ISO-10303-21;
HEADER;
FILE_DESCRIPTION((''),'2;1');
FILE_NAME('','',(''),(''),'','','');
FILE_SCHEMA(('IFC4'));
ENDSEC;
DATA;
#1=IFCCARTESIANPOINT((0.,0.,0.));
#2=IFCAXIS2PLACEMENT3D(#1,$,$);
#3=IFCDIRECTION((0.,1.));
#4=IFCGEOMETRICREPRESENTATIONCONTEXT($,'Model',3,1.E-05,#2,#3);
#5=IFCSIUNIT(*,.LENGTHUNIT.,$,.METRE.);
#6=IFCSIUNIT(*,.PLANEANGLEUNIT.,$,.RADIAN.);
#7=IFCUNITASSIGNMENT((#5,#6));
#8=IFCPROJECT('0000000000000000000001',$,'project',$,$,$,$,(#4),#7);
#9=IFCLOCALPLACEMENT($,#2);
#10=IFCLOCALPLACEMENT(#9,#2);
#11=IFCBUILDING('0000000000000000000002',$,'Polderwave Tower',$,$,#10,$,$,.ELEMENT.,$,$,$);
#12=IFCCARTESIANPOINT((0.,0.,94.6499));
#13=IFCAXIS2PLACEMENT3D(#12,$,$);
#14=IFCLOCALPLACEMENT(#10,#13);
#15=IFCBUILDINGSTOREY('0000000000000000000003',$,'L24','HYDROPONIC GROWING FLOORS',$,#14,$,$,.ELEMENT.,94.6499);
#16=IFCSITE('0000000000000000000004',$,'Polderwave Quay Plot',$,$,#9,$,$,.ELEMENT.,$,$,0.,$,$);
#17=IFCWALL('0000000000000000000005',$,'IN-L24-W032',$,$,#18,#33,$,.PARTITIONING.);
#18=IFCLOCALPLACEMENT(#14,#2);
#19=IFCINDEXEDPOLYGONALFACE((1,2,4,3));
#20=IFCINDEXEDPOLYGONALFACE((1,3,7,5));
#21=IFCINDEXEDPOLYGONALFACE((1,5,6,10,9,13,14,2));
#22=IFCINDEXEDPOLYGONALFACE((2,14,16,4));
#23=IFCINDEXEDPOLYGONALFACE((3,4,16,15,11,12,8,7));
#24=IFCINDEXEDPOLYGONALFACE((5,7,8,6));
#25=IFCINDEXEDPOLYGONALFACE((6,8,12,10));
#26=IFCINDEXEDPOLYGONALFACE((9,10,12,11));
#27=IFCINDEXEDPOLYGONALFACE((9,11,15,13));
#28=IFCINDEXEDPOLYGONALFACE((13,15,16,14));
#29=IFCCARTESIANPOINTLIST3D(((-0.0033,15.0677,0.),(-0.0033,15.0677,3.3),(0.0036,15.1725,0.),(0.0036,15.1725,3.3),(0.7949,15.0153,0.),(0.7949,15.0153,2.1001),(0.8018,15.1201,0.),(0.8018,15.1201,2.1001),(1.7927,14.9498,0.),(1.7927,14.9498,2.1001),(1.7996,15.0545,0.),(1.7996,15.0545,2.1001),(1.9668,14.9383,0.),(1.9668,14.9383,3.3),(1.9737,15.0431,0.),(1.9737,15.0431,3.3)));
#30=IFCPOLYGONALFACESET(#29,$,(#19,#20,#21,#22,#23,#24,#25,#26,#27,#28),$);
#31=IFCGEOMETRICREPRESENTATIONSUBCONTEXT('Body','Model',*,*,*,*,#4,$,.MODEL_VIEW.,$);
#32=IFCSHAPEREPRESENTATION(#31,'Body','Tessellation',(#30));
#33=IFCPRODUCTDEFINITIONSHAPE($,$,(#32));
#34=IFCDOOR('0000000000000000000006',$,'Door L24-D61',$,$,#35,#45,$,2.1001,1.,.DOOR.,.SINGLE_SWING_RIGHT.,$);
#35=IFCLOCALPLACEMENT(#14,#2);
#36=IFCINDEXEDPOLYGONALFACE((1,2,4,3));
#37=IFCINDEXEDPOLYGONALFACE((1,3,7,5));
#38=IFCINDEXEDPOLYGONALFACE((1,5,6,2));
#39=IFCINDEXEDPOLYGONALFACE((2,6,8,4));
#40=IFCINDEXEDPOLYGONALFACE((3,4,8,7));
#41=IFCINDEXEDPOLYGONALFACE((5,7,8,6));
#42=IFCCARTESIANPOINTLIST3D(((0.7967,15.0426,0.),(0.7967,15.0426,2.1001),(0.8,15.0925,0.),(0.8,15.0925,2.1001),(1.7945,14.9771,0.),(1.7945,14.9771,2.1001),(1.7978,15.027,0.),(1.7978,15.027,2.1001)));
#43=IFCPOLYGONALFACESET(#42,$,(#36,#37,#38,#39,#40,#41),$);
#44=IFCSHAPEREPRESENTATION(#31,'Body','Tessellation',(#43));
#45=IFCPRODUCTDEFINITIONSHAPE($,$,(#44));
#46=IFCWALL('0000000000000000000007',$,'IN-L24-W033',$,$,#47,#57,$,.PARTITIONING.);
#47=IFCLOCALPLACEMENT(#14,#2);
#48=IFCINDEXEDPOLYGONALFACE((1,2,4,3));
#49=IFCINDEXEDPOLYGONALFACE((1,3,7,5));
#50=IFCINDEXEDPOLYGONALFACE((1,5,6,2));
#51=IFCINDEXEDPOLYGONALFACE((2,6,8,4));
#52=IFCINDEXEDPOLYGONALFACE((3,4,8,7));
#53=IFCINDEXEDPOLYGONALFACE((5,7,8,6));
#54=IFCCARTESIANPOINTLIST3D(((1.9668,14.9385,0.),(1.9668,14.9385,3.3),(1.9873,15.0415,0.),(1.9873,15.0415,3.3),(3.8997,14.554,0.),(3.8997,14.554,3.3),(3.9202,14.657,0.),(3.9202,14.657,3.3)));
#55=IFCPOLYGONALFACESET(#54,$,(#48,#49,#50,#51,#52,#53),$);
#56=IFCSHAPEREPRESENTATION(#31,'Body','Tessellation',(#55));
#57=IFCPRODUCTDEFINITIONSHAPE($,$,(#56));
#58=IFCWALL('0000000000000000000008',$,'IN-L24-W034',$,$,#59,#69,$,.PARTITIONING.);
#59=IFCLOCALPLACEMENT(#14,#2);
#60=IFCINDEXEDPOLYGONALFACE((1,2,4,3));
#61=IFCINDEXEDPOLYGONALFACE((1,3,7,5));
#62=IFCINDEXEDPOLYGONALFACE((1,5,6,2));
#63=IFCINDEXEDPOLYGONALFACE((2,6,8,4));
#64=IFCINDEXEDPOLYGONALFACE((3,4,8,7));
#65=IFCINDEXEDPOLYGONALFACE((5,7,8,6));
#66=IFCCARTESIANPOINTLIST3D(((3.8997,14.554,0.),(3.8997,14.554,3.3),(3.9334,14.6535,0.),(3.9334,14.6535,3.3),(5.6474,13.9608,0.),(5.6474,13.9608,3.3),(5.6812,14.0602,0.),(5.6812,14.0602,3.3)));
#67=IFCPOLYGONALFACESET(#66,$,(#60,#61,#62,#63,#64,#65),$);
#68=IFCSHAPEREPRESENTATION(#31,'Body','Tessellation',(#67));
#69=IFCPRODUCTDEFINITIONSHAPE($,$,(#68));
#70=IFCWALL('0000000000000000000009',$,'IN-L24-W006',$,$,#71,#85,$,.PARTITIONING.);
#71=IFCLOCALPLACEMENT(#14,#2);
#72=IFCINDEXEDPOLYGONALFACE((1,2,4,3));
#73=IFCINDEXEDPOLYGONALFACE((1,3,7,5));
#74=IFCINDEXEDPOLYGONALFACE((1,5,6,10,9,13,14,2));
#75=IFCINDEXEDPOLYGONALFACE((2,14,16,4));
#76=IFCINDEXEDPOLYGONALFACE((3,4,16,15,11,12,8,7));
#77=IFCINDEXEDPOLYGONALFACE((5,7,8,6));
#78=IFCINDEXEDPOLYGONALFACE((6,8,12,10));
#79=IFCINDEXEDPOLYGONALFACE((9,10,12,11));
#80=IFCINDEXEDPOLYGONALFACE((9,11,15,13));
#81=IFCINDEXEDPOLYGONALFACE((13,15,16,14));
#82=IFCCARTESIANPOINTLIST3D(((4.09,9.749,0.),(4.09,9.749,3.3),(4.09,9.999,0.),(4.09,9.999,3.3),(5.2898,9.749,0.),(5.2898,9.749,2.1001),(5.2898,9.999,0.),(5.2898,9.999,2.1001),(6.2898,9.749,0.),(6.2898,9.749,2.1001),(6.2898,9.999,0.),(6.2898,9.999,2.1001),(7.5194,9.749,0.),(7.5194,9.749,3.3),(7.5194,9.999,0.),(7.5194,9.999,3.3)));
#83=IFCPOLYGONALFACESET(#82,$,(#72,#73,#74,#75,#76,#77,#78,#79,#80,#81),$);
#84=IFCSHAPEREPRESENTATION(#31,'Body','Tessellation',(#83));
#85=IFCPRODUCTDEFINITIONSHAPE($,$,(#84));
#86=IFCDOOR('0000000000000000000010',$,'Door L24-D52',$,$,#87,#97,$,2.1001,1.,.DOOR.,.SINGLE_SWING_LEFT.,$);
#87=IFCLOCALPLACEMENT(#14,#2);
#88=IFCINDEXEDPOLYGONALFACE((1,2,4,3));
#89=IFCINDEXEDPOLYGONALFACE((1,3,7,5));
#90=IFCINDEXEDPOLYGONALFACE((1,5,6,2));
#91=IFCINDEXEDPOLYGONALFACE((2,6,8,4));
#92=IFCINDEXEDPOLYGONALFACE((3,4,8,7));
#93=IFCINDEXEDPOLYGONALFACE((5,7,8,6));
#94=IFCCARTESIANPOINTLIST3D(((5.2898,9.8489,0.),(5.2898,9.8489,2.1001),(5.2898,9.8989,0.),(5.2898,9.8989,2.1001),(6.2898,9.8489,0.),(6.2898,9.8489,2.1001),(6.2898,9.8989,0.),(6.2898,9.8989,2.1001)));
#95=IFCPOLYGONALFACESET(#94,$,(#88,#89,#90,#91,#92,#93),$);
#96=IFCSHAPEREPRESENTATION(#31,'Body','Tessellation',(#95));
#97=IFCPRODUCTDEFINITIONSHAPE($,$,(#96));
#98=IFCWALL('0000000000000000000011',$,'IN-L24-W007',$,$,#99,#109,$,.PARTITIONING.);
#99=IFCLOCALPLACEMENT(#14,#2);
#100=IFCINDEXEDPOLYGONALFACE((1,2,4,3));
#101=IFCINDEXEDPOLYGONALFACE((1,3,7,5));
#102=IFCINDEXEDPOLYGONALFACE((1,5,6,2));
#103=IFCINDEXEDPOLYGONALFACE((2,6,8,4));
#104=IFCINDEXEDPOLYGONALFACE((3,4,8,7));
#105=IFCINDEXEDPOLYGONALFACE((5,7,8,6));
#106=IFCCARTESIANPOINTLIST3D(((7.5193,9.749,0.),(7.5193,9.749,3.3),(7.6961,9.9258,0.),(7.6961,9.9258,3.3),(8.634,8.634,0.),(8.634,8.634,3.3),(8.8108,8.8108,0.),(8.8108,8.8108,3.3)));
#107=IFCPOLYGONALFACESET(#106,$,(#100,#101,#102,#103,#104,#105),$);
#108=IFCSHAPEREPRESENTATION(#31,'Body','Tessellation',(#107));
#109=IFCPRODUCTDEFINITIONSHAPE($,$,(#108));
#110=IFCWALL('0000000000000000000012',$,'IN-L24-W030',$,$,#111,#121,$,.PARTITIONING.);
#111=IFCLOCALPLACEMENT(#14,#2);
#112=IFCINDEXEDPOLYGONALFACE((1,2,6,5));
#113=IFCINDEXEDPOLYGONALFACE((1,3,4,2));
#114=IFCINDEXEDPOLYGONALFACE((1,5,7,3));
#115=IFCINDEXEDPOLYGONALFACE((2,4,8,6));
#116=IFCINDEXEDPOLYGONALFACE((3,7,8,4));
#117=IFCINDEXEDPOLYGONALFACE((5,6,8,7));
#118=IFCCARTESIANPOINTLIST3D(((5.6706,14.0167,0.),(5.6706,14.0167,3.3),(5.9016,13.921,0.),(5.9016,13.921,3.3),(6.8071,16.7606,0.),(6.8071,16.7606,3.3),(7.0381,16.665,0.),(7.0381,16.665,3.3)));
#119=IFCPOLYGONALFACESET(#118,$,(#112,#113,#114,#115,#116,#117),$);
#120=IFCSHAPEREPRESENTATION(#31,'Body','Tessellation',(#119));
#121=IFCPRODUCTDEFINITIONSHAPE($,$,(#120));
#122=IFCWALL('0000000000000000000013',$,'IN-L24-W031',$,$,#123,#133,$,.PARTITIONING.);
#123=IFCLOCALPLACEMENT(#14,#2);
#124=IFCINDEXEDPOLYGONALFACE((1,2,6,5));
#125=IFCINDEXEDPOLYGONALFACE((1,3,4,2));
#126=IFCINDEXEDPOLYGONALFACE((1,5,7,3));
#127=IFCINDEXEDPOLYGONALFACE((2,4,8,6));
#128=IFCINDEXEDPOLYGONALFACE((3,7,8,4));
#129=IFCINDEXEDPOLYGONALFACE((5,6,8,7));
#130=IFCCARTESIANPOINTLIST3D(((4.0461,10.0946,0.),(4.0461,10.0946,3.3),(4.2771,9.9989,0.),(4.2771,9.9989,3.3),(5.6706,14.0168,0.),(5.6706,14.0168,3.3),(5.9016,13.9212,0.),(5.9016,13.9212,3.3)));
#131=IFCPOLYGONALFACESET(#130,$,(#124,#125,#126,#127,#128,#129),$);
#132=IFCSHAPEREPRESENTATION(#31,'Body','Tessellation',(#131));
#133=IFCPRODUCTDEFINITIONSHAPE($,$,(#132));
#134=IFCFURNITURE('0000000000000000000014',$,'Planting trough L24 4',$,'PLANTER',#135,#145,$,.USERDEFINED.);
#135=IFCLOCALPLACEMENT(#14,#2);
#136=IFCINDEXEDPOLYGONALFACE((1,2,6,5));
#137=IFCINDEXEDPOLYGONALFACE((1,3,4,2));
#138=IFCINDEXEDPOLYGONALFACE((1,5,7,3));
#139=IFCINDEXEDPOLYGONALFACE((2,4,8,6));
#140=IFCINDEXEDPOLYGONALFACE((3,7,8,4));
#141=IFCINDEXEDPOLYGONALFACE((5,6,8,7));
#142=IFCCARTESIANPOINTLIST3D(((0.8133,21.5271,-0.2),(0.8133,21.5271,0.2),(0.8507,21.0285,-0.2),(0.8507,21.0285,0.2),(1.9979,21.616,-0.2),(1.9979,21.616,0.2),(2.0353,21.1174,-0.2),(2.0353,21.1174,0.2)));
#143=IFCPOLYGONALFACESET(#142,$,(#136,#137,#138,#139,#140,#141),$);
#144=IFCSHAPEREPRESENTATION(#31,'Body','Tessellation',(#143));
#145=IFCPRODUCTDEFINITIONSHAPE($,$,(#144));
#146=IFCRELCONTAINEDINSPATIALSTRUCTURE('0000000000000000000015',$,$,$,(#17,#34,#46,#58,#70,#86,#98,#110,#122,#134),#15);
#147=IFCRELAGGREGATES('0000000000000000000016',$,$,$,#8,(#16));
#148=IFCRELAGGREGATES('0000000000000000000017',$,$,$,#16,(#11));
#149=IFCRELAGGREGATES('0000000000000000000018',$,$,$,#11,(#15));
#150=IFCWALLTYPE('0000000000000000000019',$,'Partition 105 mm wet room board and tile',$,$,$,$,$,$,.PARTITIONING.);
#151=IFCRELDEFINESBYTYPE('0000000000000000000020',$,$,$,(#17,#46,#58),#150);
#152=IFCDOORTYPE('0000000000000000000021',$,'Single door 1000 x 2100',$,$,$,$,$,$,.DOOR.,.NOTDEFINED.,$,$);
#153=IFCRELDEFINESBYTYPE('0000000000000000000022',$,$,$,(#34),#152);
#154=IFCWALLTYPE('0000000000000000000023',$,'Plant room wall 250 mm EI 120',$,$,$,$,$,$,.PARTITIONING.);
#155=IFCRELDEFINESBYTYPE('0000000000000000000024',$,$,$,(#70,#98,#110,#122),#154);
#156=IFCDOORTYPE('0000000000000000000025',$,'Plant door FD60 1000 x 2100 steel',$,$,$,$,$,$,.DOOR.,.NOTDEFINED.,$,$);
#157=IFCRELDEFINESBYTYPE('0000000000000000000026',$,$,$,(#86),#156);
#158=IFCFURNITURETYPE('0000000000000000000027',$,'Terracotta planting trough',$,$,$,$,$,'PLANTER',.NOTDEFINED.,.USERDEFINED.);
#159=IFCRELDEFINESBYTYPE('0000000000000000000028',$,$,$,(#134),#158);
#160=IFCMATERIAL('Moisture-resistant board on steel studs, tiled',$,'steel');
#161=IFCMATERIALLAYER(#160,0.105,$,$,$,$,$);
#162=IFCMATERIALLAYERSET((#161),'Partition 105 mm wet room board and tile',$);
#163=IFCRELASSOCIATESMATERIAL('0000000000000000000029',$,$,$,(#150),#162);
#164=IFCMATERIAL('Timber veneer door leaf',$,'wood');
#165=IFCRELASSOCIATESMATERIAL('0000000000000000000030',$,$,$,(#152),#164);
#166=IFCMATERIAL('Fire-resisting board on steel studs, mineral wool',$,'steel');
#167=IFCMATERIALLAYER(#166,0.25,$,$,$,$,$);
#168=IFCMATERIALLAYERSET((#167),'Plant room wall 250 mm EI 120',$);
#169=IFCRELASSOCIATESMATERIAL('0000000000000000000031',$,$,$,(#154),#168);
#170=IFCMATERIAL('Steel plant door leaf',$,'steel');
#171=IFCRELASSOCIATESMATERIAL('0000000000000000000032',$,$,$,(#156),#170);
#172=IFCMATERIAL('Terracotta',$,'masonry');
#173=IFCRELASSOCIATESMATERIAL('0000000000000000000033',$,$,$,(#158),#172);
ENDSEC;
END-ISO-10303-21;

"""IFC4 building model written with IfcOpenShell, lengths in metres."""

from ifc_helpers import new_model, si_unit, direction, frame, frame_2d, origin, origin_2d, place, context, subcontext, project, spatial, rectangle, extrude, material, layer, layer_set, type_object, element, fill, save


model = new_model("IFC4")

# Units and contexts
model_context = context("Model", 3, precision=1e-05, world=origin(), true_north=direction((0.0, 1.0)))
body_context = subcontext(model_context, "Body", "Model", "MODEL_VIEW")
ifc_project = project(units=[si_unit("LENGTHUNIT", "METRE"), si_unit("PLANEANGLEUNIT", "RADIAN")], contexts=[model_context])

# Site, building, storey
site_placement = place(None, origin())
site = spatial("IfcSite", under=ifc_project, at=site_placement, Name="Polderwave Quay Plot", CompositionType="ELEMENT", RefElevation=0.0)
building_placement = place(site_placement, origin())
building = spatial("IfcBuilding", under=site, at=building_placement, Name="Polderwave Tower", CompositionType="ELEMENT")
storey_placement = place(building_placement, frame((0.0, 0.0, 94.6499)))
storey = spatial("IfcBuildingStorey", under=building, at=storey_placement, Name="L24", Description="HYDROPONIC GROWING FLOORS", CompositionType="ELEMENT", Elevation=94.6499)

# Wall, opening, door
ifc_material_1 = material(Name="Moisture-resistant board on steel studs, tiled", Category="steel")
ifc_layer_1 = layer(ifc_material_1, 0.105)
ifc_layer_set_1 = layer_set([ifc_layer_1], Name="Partition 105 mm wet room board and tile")
wall_type_1 = type_object("IfcWallType", Name="Partition 105 mm wet room board and tile", PredefinedType="PARTITIONING", material=ifc_layer_set_1)
wall_1_placement = place(storey_placement, frame((0.0, 15.1201, 0.0), z_axis=(0.0, 0.0, 1.0), x_axis=(0.99785, -0.065534, 0.0)))
wall_1 = element("IfcWall", 1, at=wall_1_placement, inside=storey, type_object=wall_type_1, Name="IN-L24-W032", PredefinedType="PARTITIONING", context=body_context, shape_type="SweptSolid", body=[
    extrude(rectangle(XDim=1.9744, YDim=0.105, at=frame_2d((0.9873, 0.0))), origin(), (0.0, 0.0, 1.0), 3.3),
])
opening_1_placement = place(wall_1_placement, frame((0.8, 0.0, 0.0)))
opening_1 = element("IfcOpeningElement", 2, at=opening_1_placement, cuts=wall_1, PredefinedType="OPENING", context=body_context, shape_type="SweptSolid", body=[
    extrude(rectangle(XDim=1.0, YDim=2.1001, at=frame_2d((0.5, 1.05))), frame((0.0, 0.0625, 0.0), z_axis=(0.0, -1.0, 0.0), x_axis=(1.0, 0.0, 0.0)), (0.0, 0.0, 1.0), 0.125),
])
ifc_material_2 = material(Name="Timber veneer door leaf", Category="wood")
door_type_1 = type_object("IfcDoorType", Name="Single door 1000 x 2100", OperationType="NOTDEFINED", PredefinedType="DOOR", material=ifc_material_2)
door_1_placement = place(opening_1_placement, origin())
door_1 = element("IfcDoor", 3, at=door_1_placement, inside=storey, type_object=door_type_1, Name="Door L24-D61", OperationType="SINGLE_SWING_RIGHT", OverallHeight=2.1001, OverallWidth=1.0, PredefinedType="DOOR", context=body_context, shape_type="SweptSolid", body=[
    extrude(rectangle(XDim=1.0, YDim=2.1001, at=frame_2d((0.5, 1.05))), frame((0.0, 0.0249, 0.0), z_axis=(0.0, -1.0, 0.0), x_axis=(1.0, 0.0, 0.0)), (0.0, 0.0, 1.0), 0.05),
])
fill(opening_1, door_1)

# Walls
wall_2_placement = place(storey_placement, frame((3.9099, 14.6055, 0.0), z_axis=(0.0, 0.0, 1.0), x_axis=(-0.98078, 0.195115, 0.0)))
element("IfcWall", 4, at=wall_2_placement, inside=storey, type_object=wall_type_1, Name="IN-L24-W033", PredefinedType="PARTITIONING", context=body_context, shape_type="SweptSolid", body=[
    extrude(rectangle(XDim=1.9707, YDim=0.105, at=frame_2d((0.9854, 0.0))), origin(), (0.0, 0.0, 1.0), 3.3),
])
wall_3_placement = place(storey_placement, frame((5.6643, 14.0105, 0.0), z_axis=(0.0, 0.0, 1.0), x_axis=(-0.946936, 0.321421, 0.0)))
element("IfcWall", 5, at=wall_3_placement, inside=storey, type_object=wall_type_1, Name="IN-L24-W034", PredefinedType="PARTITIONING", context=body_context, shape_type="SweptSolid", body=[
    extrude(rectangle(XDim=1.8457, YDim=0.105, at=frame_2d((0.9229, 0.0))), origin(), (0.0, 0.0, 1.0), 3.3),
])

# Wall, opening, door
ifc_material_3 = material(Name="Fire-resisting board on steel studs, mineral wool", Category="steel")
ifc_layer_2 = layer(ifc_material_3, 0.25)
ifc_layer_set_2 = layer_set([ifc_layer_2], Name="Plant room wall 250 mm EI 120")
wall_type_2 = type_object("IfcWallType", Name="Plant room wall 250 mm EI 120", PredefinedType="PARTITIONING", material=ifc_layer_set_2)
wall_4_placement = place(storey_placement, frame((4.0898, 9.874, 0.0), z_axis=(0.0, 0.0, 1.0), x_axis=(1.0, 0.0, 0.0)))
wall_4 = element("IfcWall", 6, at=wall_4_placement, inside=storey, type_object=wall_type_2, Name="IN-L24-W006", PredefinedType="PARTITIONING", context=body_context, shape_type="SweptSolid", body=[
    extrude(rectangle(XDim=3.4294, YDim=0.25, at=frame_2d((1.7148, 0.0))), origin(), (0.0, 0.0, 1.0), 3.3),
])
opening_2_placement = place(wall_4_placement, frame((1.2, 0.0, 0.0)))
opening_2 = element("IfcOpeningElement", 7, at=opening_2_placement, cuts=wall_4, PredefinedType="OPENING", context=body_context, shape_type="SweptSolid", body=[
    extrude(rectangle(XDim=1.0, YDim=2.1001, at=frame_2d((0.5, 1.05))), frame((0.0, 0.135, 0.0), z_axis=(0.0, -1.0, 0.0), x_axis=(1.0, 0.0, 0.0)), (0.0, 0.0, 1.0), 0.27),
])
ifc_material_4 = material(Name="Steel plant door leaf", Category="steel")
door_type_2 = type_object("IfcDoorType", Name="Plant door FD60 1000 x 2100 steel", OperationType="NOTDEFINED", PredefinedType="DOOR", material=ifc_material_4)
door_2_placement = place(opening_2_placement, origin())
door_2 = element("IfcDoor", 8, at=door_2_placement, inside=storey, type_object=door_type_2, Name="Door L24-D52", OperationType="SINGLE_SWING_LEFT", OverallHeight=2.1001, OverallWidth=1.0, PredefinedType="DOOR", context=body_context, shape_type="SweptSolid", body=[
    extrude(rectangle(XDim=1.0, YDim=2.1001, at=frame_2d((0.5, 1.05))), frame((0.0, 0.0249, 0.0), z_axis=(0.0, -1.0, 0.0), x_axis=(1.0, 0.0, 0.0)), (0.0, 0.0, 1.0), 0.05),
])
fill(opening_2, door_2)

# Walls
wall_5_placement = place(storey_placement, frame((7.6077, 9.8374, 0.0), z_axis=(0.0, 0.0, 1.0), x_axis=(0.707029, -0.707184, 0.0)))
element("IfcWall", 9, at=wall_5_placement, inside=storey, type_object=wall_type_2, Name="IN-L24-W007", PredefinedType="PARTITIONING", context=body_context, shape_type="SweptSolid", body=[
    extrude(rectangle(XDim=1.5767, YDim=0.25, at=frame_2d((0.7883, 0.0))), origin(), (0.0, 0.0, 1.0), 3.3),
])
wall_6_placement = place(storey_placement, frame((5.7861, 13.969, 0.0), z_axis=(0.0, 0.0, 1.0), x_axis=(0.382659, 0.92389, 0.0)))
element("IfcWall", 10, at=wall_6_placement, inside=storey, type_object=wall_type_2, Name="IN-L24-W030", PredefinedType="PARTITIONING", context=body_context, shape_type="SweptSolid", body=[
    extrude(rectangle(XDim=2.97, YDim=0.25, at=frame_2d((1.4849, 0.0))), origin(), (0.0, 0.0, 1.0), 3.3),
])
wall_7_placement = place(storey_placement, frame((4.1616, 10.0469, 0.0), z_axis=(0.0, 0.0, 1.0), x_axis=(0.382667, 0.923886, 0.0)))
element("IfcWall", 11, at=wall_7_placement, inside=storey, type_object=wall_type_2, Name="IN-L24-W031", PredefinedType="PARTITIONING", context=body_context, shape_type="SweptSolid", body=[
    extrude(rectangle(XDim=4.2454, YDim=0.25, at=frame_2d((2.1226, 0.0))), origin(), (0.0, 0.0, 1.0), 3.3),
])

# Furniture
ifc_material_5 = material(Name="Terracotta", Category="masonry")
furniture_type = type_object("IfcFurnitureType", Name="Terracotta planting trough", ElementType="PLANTER", AssemblyPlace="NOTDEFINED", PredefinedType="USERDEFINED", material=ifc_material_5)
furniture_placement = place(storey_placement, frame((1.4243, 21.3223, -0.2), z_axis=(0.0, 0.0, 1.0), x_axis=(-0.997199, -0.074793, 0.0)))
element("IfcFurniture", 12, at=furniture_placement, inside=storey, type_object=furniture_type, Name="Planting trough L24 4", ObjectType="PLANTER", PredefinedType="USERDEFINED", context=body_context, shape_type="SweptSolid", body=[
    extrude(rectangle(XDim=1.188, YDim=0.5, at=origin_2d()), origin(), (0.0, 0.0, 1.0), 0.3999),
])

save(model, "model.ifc")
